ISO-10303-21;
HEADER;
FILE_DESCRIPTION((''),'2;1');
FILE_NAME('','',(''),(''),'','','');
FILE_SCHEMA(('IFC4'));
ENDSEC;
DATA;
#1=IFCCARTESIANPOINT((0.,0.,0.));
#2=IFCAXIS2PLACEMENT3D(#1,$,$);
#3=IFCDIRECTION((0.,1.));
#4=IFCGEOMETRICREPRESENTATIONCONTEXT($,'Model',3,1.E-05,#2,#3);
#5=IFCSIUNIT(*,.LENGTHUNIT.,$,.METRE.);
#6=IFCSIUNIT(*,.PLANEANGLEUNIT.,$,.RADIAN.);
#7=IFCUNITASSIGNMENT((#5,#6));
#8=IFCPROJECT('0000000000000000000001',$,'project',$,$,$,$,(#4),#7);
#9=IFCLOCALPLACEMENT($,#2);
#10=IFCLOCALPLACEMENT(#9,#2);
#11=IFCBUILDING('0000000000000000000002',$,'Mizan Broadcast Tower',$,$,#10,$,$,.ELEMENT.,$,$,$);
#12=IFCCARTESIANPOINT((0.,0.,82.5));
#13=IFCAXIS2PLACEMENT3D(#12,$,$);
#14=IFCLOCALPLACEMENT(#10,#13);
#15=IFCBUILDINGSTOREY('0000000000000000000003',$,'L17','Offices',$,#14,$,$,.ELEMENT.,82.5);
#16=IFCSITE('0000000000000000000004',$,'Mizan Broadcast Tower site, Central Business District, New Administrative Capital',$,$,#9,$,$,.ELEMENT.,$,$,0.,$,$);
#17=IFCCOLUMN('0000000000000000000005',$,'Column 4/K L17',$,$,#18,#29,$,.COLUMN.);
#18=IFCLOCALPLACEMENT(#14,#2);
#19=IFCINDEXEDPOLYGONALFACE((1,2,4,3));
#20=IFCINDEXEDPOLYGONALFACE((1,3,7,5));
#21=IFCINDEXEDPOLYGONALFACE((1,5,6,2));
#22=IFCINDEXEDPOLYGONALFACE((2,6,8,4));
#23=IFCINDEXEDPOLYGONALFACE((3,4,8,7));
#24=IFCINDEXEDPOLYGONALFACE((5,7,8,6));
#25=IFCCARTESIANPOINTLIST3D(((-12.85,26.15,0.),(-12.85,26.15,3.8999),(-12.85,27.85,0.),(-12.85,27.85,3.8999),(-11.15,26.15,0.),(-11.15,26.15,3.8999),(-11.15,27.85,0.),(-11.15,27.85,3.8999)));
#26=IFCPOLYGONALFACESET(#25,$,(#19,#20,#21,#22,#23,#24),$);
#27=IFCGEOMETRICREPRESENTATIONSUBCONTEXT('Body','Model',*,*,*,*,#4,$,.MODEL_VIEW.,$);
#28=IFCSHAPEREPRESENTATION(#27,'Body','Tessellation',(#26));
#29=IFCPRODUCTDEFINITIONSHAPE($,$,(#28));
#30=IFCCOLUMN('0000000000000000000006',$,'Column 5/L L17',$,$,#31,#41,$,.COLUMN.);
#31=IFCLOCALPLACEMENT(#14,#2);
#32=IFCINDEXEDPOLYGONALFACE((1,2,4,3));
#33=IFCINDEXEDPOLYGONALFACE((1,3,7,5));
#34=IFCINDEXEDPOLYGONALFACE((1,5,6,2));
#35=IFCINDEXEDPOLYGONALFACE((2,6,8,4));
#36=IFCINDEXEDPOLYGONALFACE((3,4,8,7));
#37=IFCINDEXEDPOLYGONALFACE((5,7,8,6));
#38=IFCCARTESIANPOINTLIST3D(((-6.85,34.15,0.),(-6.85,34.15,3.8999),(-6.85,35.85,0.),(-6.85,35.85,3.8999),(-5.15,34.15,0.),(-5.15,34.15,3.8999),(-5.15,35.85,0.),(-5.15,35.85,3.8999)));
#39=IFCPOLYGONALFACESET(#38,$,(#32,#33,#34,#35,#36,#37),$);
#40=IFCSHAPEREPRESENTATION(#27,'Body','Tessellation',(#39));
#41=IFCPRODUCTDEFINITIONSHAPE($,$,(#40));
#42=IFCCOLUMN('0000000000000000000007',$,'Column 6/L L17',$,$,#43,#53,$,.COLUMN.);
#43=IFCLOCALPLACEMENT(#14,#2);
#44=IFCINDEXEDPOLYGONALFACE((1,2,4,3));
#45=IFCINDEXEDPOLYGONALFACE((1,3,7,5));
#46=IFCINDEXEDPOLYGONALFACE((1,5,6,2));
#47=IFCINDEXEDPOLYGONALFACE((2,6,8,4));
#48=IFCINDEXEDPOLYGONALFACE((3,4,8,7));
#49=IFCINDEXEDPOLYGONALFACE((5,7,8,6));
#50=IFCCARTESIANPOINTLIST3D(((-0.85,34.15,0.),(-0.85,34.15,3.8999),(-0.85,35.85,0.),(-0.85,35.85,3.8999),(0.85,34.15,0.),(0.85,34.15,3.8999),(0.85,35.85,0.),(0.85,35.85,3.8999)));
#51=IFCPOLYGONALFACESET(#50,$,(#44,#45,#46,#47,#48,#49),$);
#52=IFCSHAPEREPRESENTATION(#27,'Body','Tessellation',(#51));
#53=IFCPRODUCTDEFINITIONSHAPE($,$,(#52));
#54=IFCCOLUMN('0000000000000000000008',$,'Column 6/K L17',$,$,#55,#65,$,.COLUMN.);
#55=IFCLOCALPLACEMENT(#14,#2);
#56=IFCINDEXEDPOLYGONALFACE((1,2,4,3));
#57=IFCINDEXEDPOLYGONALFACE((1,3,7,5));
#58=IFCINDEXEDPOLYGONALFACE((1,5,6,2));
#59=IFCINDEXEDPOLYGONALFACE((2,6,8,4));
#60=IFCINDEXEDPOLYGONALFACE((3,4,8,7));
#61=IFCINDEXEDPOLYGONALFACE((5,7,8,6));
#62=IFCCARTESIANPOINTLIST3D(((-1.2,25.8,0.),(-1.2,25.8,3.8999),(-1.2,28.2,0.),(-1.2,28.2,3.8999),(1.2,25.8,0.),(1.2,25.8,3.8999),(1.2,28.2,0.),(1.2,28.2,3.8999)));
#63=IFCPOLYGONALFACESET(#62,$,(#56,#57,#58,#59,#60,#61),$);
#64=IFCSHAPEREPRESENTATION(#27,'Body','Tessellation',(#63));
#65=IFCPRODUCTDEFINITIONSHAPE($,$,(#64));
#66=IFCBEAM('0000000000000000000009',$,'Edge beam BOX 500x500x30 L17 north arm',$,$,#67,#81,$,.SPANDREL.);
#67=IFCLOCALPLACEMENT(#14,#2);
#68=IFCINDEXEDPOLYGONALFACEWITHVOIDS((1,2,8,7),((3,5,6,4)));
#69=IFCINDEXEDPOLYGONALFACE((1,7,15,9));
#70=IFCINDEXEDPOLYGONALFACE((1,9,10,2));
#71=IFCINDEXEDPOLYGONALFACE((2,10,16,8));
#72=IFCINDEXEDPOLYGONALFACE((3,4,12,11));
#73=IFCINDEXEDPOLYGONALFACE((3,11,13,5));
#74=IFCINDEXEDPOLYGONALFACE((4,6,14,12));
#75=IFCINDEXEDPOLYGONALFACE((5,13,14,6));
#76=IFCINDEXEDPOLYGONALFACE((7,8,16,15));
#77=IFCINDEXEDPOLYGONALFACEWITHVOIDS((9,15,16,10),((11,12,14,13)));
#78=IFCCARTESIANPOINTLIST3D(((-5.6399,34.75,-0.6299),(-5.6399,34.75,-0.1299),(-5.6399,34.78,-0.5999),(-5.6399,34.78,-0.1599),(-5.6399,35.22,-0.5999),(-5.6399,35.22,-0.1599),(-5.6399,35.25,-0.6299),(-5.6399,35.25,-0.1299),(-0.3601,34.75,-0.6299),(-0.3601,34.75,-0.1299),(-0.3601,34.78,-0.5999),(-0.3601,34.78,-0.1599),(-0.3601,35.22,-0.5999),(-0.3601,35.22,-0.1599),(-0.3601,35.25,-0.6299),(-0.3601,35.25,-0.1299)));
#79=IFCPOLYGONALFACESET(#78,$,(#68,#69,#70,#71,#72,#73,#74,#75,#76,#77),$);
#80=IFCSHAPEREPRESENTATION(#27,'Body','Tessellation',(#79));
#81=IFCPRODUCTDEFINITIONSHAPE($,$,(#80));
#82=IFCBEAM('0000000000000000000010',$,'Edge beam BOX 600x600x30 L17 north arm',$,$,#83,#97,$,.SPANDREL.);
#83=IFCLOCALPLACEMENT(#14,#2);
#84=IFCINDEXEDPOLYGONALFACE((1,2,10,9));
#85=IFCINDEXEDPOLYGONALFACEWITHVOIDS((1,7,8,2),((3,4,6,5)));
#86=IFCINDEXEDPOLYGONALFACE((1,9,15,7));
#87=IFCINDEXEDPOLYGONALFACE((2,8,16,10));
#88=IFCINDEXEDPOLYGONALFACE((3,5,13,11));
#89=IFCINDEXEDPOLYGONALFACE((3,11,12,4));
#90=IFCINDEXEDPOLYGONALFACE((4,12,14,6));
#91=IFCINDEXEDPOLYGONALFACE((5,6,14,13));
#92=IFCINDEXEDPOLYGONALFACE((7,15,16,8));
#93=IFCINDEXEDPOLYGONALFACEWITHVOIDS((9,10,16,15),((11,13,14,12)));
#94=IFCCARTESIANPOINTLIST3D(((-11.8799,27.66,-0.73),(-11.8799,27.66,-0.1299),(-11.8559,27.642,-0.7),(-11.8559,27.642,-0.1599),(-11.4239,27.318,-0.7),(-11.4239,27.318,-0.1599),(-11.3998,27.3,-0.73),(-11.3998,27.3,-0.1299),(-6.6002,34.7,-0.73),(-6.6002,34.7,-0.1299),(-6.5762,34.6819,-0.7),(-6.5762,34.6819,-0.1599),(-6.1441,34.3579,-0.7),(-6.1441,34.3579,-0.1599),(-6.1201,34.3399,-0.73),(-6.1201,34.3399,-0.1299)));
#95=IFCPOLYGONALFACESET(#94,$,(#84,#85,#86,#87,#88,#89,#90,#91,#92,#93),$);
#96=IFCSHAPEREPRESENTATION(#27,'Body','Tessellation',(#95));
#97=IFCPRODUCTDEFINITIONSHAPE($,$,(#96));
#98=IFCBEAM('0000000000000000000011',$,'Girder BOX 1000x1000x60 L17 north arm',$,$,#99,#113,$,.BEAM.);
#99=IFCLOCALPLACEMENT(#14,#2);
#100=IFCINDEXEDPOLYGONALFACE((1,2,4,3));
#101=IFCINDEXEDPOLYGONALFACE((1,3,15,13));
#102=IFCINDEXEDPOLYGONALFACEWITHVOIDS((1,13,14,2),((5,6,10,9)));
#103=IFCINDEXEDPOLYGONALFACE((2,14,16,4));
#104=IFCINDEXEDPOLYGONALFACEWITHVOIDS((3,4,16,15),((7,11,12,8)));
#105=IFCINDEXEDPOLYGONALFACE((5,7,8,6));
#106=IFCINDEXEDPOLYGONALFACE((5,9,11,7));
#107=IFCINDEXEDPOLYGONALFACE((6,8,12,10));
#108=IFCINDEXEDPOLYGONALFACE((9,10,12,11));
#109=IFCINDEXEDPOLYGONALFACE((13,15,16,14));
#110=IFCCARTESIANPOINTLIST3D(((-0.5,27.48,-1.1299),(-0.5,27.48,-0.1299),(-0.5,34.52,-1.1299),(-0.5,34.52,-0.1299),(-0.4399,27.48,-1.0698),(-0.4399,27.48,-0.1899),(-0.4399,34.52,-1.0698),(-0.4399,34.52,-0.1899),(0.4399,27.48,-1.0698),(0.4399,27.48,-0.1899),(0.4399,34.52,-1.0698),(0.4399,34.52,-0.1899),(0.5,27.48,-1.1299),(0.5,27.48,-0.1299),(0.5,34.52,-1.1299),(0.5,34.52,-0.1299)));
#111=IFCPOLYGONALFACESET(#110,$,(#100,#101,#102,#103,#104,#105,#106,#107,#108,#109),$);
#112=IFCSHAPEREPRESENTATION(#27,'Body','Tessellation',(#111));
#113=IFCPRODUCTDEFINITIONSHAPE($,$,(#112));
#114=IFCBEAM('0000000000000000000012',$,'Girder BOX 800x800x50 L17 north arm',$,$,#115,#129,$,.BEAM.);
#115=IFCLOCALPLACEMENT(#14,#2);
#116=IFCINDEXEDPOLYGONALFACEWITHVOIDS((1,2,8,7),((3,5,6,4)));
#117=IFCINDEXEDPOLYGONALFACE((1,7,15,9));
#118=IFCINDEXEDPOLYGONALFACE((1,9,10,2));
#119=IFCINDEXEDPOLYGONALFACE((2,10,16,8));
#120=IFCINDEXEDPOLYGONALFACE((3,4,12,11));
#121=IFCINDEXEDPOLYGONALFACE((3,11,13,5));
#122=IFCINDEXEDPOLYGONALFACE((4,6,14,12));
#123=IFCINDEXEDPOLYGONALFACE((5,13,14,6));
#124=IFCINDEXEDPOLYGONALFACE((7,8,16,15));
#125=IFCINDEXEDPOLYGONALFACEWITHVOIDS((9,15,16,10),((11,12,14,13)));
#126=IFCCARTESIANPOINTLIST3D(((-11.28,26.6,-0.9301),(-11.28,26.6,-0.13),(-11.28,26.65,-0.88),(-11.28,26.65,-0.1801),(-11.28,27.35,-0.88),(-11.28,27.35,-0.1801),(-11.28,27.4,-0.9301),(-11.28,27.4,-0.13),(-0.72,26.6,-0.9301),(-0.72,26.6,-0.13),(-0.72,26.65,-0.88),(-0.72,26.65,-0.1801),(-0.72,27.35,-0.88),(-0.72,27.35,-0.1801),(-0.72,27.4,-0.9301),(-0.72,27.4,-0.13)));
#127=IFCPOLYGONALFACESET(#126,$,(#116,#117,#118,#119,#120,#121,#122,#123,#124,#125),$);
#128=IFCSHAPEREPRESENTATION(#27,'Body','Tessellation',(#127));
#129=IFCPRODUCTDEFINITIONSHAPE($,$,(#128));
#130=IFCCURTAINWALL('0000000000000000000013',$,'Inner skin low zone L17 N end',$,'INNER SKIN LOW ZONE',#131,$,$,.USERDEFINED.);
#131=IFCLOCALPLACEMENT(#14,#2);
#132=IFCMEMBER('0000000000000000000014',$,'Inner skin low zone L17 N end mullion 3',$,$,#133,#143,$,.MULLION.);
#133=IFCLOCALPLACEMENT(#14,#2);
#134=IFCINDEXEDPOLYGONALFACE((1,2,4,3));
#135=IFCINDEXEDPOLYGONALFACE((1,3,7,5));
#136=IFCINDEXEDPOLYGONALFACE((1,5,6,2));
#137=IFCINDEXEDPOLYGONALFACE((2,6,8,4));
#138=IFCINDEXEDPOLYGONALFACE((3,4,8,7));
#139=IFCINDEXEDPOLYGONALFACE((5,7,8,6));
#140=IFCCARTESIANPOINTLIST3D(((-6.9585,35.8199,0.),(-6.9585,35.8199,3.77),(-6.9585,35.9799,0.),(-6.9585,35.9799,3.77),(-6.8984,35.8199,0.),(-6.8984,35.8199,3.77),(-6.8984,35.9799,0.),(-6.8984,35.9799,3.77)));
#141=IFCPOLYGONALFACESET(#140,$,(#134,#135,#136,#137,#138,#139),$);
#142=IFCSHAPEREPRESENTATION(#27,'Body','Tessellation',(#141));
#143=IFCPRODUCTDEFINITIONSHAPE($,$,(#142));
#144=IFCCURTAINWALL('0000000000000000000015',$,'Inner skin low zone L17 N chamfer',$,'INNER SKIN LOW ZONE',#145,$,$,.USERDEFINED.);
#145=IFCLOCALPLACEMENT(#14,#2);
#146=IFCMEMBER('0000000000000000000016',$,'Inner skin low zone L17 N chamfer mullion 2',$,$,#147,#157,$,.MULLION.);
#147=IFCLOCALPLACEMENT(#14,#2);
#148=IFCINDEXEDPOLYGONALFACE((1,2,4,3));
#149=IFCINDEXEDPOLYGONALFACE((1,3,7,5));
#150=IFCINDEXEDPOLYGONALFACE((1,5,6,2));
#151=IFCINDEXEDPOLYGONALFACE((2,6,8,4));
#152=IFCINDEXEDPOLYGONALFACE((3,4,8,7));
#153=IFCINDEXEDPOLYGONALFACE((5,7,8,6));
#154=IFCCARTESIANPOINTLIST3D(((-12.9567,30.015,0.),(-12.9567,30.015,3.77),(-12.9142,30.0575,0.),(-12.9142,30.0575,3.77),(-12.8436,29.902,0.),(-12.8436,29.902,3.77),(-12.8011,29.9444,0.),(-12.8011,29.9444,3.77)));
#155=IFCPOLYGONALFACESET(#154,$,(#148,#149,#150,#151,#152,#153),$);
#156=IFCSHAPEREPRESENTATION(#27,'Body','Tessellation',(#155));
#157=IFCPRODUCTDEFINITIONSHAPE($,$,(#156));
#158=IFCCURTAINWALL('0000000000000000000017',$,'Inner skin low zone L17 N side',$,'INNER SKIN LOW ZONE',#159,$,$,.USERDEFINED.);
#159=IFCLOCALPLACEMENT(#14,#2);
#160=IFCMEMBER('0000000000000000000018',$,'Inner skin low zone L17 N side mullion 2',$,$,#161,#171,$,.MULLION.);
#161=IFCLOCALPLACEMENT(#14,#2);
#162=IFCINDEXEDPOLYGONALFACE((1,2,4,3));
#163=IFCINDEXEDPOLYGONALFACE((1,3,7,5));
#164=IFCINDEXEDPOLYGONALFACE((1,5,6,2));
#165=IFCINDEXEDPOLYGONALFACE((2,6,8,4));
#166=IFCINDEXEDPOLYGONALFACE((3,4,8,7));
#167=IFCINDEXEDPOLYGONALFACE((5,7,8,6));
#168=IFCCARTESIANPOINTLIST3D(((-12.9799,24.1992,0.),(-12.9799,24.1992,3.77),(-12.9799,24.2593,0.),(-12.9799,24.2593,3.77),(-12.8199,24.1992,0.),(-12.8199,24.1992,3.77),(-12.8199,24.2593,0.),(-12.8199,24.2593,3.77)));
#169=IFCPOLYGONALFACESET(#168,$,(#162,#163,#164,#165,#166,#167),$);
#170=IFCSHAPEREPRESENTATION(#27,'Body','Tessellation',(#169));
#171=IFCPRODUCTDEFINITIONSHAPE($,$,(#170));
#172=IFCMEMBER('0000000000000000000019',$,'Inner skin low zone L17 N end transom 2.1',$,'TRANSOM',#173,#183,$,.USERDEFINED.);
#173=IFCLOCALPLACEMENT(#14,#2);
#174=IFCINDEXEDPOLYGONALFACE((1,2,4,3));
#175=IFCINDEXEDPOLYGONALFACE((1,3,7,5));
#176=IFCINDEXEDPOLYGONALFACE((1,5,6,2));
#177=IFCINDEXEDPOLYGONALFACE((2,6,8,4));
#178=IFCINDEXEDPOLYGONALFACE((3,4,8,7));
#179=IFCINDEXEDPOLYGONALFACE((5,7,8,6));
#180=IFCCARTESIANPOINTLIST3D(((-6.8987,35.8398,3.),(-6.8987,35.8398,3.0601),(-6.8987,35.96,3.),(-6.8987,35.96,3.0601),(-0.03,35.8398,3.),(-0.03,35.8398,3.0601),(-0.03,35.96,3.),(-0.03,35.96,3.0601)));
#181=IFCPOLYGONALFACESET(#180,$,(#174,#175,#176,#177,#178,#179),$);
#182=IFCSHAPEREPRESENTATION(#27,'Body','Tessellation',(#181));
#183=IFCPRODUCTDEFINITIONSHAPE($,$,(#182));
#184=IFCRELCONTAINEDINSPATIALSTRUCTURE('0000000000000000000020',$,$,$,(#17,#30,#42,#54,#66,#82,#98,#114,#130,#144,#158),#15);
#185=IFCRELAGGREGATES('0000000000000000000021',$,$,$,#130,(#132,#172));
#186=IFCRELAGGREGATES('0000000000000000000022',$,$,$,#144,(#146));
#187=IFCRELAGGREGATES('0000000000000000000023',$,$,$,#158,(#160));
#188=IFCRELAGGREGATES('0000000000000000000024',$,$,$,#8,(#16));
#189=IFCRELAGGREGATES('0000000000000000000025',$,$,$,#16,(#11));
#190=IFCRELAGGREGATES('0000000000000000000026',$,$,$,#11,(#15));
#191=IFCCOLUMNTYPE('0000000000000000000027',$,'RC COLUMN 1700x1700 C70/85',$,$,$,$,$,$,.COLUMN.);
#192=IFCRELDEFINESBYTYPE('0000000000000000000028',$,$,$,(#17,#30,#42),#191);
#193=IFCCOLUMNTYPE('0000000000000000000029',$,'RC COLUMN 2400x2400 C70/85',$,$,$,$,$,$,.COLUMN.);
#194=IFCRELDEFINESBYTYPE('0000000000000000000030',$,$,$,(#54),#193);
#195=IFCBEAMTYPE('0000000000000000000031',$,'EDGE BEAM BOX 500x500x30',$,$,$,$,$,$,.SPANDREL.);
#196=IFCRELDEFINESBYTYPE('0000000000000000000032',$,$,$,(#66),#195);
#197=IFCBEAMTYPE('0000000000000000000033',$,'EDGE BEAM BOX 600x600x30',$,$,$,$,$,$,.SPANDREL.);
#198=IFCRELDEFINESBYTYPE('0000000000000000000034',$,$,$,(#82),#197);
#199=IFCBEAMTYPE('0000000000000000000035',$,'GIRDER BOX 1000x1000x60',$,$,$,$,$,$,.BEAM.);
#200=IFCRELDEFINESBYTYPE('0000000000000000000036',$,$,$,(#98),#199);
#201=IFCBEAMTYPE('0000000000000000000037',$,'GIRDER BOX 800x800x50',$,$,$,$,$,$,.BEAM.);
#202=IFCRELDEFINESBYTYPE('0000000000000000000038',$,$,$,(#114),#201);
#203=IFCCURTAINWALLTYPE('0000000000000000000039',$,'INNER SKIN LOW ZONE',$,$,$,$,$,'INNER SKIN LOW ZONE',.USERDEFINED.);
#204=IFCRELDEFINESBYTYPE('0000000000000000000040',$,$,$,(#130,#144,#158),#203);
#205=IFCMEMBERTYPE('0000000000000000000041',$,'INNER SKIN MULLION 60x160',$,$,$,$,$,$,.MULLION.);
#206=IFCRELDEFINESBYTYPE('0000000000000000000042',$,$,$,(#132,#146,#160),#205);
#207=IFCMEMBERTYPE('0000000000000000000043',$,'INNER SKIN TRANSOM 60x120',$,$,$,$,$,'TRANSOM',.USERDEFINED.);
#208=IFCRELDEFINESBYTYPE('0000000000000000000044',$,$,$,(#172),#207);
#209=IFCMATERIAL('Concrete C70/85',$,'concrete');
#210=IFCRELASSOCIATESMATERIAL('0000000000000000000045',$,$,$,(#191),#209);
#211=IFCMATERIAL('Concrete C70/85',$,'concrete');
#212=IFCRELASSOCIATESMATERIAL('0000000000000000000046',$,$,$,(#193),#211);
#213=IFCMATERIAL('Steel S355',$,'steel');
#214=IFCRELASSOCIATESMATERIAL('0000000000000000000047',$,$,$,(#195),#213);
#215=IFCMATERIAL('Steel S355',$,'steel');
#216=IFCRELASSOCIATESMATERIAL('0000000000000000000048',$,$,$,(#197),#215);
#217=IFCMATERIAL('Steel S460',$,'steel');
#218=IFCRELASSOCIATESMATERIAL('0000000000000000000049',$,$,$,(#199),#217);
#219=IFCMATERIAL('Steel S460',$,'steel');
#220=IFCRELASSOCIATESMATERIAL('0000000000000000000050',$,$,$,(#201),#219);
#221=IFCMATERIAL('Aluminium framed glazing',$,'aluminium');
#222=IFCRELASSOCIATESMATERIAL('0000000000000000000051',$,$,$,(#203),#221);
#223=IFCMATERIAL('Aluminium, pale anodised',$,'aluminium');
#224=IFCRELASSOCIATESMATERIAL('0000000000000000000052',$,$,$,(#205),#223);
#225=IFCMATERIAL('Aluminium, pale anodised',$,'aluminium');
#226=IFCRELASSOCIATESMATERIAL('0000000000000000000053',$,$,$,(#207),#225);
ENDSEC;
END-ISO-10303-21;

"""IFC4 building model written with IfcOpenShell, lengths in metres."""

from ifc_helpers import new_model, si_unit, direction, frame, origin, origin_2d, place, context, subcontext, project, spatial, rectangle, hollow_rectangle, extrude, material, material_profile, profile_set, type_object, element, aggregate, save


model = new_model("IFC4")

# Units and contexts
model_context = context("Model", 3, precision=1e-05, world=origin(), true_north=direction((0.0, 1.0)))
body_context = subcontext(model_context, "Body", "Model", "MODEL_VIEW")
ifc_project = project(units=[si_unit("LENGTHUNIT", "METRE"), si_unit("PLANEANGLEUNIT", "RADIAN")], contexts=[model_context])

# Site, building, storey
site_placement = place(None, origin())
site = spatial("IfcSite", under=ifc_project, at=site_placement, Name="Mizan Broadcast Tower site, Central Business District, New Administrative Capital", CompositionType="ELEMENT", RefElevation=0.0)
building_placement = place(site_placement, origin())
building = spatial("IfcBuilding", under=site, at=building_placement, Name="Mizan Broadcast Tower", CompositionType="ELEMENT")
storey_placement = place(building_placement, frame((0.0, 0.0, 82.5)))
storey = spatial("IfcBuildingStorey", under=building, at=storey_placement, Name="L17", Description="Offices", CompositionType="ELEMENT", Elevation=82.5)

# Columns
ifc_material_1 = material(Name="Concrete C70/85", Category="concrete")
ifc_material_profile_1 = material_profile(ifc_material_1, rectangle(XDim=1.7, YDim=1.7, at=origin_2d()), Name="RC 1700x1700")
ifc_profile_set_1 = profile_set([ifc_material_profile_1], Name="Concrete C70/85")
column_type_1 = type_object("IfcColumnType", Name="RC COLUMN 1700x1700 C70/85", PredefinedType="COLUMN", material=ifc_profile_set_1)
for number, where, z_axis, x_axis, name in (
    (1, (-12.0, 27.0, 0.0), (0.0, 0.0, 1.0), (1.0, 0.0, 0.0), "Column 4/K L17"),
    (2, (-6.0, 35.0, 0.0), (0.0, 0.0, 1.0), (1.0, 0.0, 0.0), "Column 5/L L17"),
    (3, (0.0, 35.0, 0.0), (0.0, 0.0, 1.0), (1.0, 0.0, 0.0), "Column 6/L L17"),
):
    element("IfcColumn", number, at=place(storey_placement, frame(where, z_axis=z_axis, x_axis=x_axis)), inside=storey, type_object=column_type_1, Name=name, PredefinedType="COLUMN", context=body_context, shape_type="SweptSolid", body=[
        extrude(rectangle(XDim=1.7, YDim=1.7, at=origin_2d()), origin(), (0.0, 0.0, 1.0), 3.8999),
    ])
ifc_material_2 = material(Name="Concrete C70/85", Category="concrete")
ifc_material_profile_2 = material_profile(ifc_material_2, rectangle(XDim=2.3999, YDim=2.3999, at=origin_2d()), Name="RC 2400x2400")
ifc_profile_set_2 = profile_set([ifc_material_profile_2], Name="Concrete C70/85")
column_type_2 = type_object("IfcColumnType", Name="RC COLUMN 2400x2400 C70/85", PredefinedType="COLUMN", material=ifc_profile_set_2)
column_placement = place(storey_placement, frame((0.0, 27.0, 0.0), z_axis=(0.0, 0.0, 1.0), x_axis=(1.0, 0.0, 0.0)))
element("IfcColumn", 4, at=column_placement, inside=storey, type_object=column_type_2, Name="Column 6/K L17", PredefinedType="COLUMN", context=body_context, shape_type="SweptSolid", body=[
    extrude(rectangle(XDim=2.3999, YDim=2.3999, at=origin_2d()), origin(), (0.0, 0.0, 1.0), 3.8999),
])

# Beams
ifc_material_3 = material(Name="Steel S355", Category="steel")
ifc_material_profile_3 = material_profile(ifc_material_3, hollow_rectangle(XDim=0.5, YDim=0.5, WallThickness=0.03, at=origin_2d()), Name="BOX 500x500x30")
ifc_profile_set_3 = profile_set([ifc_material_profile_3], Name="Steel S355")
beam_type_1 = type_object("IfcBeamType", Name="EDGE BEAM BOX 500x500x30", PredefinedType="SPANDREL", material=ifc_profile_set_3)
beam_1_placement = place(storey_placement, frame((-5.6399, 35.0, -0.3799), z_axis=(1.0, 0.0, 0.0), x_axis=(0.0, 1.0, 0.0)))
element("IfcBeam", 5, at=beam_1_placement, inside=storey, type_object=beam_type_1, Name="Edge beam BOX 500x500x30 L17 north arm", PredefinedType="SPANDREL", context=body_context, shape_type="SweptSolid", body=[
    extrude(hollow_rectangle(XDim=0.5, YDim=0.5, WallThickness=0.03, at=origin_2d()), origin(), (0.0, 0.0, 1.0), 5.2798),
])
ifc_material_4 = material(Name="Steel S355", Category="steel")
ifc_material_profile_4 = material_profile(ifc_material_4, hollow_rectangle(XDim=0.6001, YDim=0.6001, WallThickness=0.03, at=origin_2d()), Name="BOX 600x600x30")
ifc_profile_set_4 = profile_set([ifc_material_profile_4], Name="Steel S355")
beam_type_2 = type_object("IfcBeamType", Name="EDGE BEAM BOX 600x600x30", PredefinedType="SPANDREL", material=ifc_profile_set_4)
beam_2_placement = place(storey_placement, frame((-11.6399, 27.48, -0.4299), z_axis=(0.599982, 0.800013, 0.0), x_axis=(-0.800013, 0.599982, 0.0)))
element("IfcBeam", 6, at=beam_2_placement, inside=storey, type_object=beam_type_2, Name="Edge beam BOX 600x600x30 L17 north arm", PredefinedType="SPANDREL", context=body_context, shape_type="SweptSolid", body=[
    extrude(hollow_rectangle(XDim=0.6001, YDim=0.6001, WallThickness=0.03, at=origin_2d()), origin(), (0.0, 0.0, 1.0), 8.7998),
])
ifc_material_5 = material(Name="Steel S460", Category="steel")
ifc_material_profile_5 = material_profile(ifc_material_5, hollow_rectangle(XDim=1.0, YDim=1.0, WallThickness=0.0601, at=origin_2d()), Name="BOX 1000x1000x60")
ifc_profile_set_5 = profile_set([ifc_material_profile_5], Name="Steel S460")
beam_type_3 = type_object("IfcBeamType", Name="GIRDER BOX 1000x1000x60", PredefinedType="BEAM", material=ifc_profile_set_5)
beam_3_placement = place(storey_placement, frame((0.0, 27.48, -0.6299), z_axis=(0.0, 1.0, 0.0), x_axis=(-1.0, 0.0, 0.0)))
element("IfcBeam", 7, at=beam_3_placement, inside=storey, type_object=beam_type_3, Name="Girder BOX 1000x1000x60 L17 north arm", PredefinedType="BEAM", context=body_context, shape_type="SweptSolid", body=[
    extrude(hollow_rectangle(XDim=1.0, YDim=1.0, WallThickness=0.0601, at=origin_2d()), origin(), (0.0, 0.0, 1.0), 7.04),
])
ifc_material_6 = material(Name="Steel S460", Category="steel")
ifc_material_profile_6 = material_profile(ifc_material_6, hollow_rectangle(XDim=0.8, YDim=0.8, WallThickness=0.05, at=origin_2d()), Name="BOX 800x800x50")
ifc_profile_set_6 = profile_set([ifc_material_profile_6], Name="Steel S460")
beam_type_4 = type_object("IfcBeamType", Name="GIRDER BOX 800x800x50", PredefinedType="BEAM", material=ifc_profile_set_6)
beam_4_placement = place(storey_placement, frame((-11.28, 27.0, -0.53), z_axis=(1.0, 0.0, 0.0), x_axis=(0.0, 1.0, 0.0)))
element("IfcBeam", 8, at=beam_4_placement, inside=storey, type_object=beam_type_4, Name="Girder BOX 800x800x50 L17 north arm", PredefinedType="BEAM", context=body_context, shape_type="SweptSolid", body=[
    extrude(hollow_rectangle(XDim=0.8, YDim=0.8, WallThickness=0.05, at=origin_2d()), origin(), (0.0, 0.0, 1.0), 10.5601),
])

# Curtain walls, members
ifc_material_7 = material(Name="Aluminium framed glazing", Category="aluminium")
curtain_wall_type_1 = type_object("IfcCurtainWallType", Name="INNER SKIN LOW ZONE", ElementType="INNER SKIN LOW ZONE", PredefinedType="USERDEFINED", material=ifc_material_7)
curtain_wall_1_placement = place(storey_placement, origin())
curtain_wall_1 = element("IfcCurtainWall", 9, at=curtain_wall_1_placement, inside=storey, type_object=curtain_wall_type_1, Name="Inner skin low zone L17 N end", ObjectType="INNER SKIN LOW ZONE", PredefinedType="USERDEFINED")
ifc_material_8 = material(Name="Aluminium, pale anodised", Category="aluminium")
ifc_material_profile_7 = material_profile(ifc_material_8, rectangle(XDim=0.1599, YDim=0.0601, at=origin_2d()), Name="MULLION 160x60")
ifc_profile_set_7 = profile_set([ifc_material_profile_7], Name="Aluminium, pale anodised")
member_type_1 = type_object("IfcMemberType", Name="INNER SKIN MULLION 60x160", PredefinedType="MULLION", material=ifc_profile_set_7)
member_1_placement = place(storey_placement, frame((-6.9285, 35.8999, 0.0), z_axis=(0.0, 0.0, 1.0), x_axis=(0.0, -1.0, 0.0)))
member_1 = element("IfcMember", 10, at=member_1_placement, type_object=member_type_1, Name="Inner skin low zone L17 N end mullion 3", PredefinedType="MULLION", context=body_context, shape_type="SweptSolid", body=[
    extrude(rectangle(XDim=0.1599, YDim=0.0601, at=origin_2d()), origin(), (0.0, 0.0, 1.0), 3.77),
])
curtain_wall_2_placement = place(storey_placement, origin())
curtain_wall_2 = element("IfcCurtainWall", 11, at=curtain_wall_2_placement, inside=storey, type_object=curtain_wall_type_1, Name="Inner skin low zone L17 N chamfer", ObjectType="INNER SKIN LOW ZONE", PredefinedType="USERDEFINED")
member_2_placement = place(storey_placement, frame((-12.8789, 29.9797, 0.0), z_axis=(0.0, 0.0, 1.0), x_axis=(0.707107, -0.707107, 0.0)))
member_2 = element("IfcMember", 12, at=member_2_placement, type_object=member_type_1, Name="Inner skin low zone L17 N chamfer mullion 2", PredefinedType="MULLION", context=body_context, shape_type="SweptSolid", body=[
    extrude(rectangle(XDim=0.1599, YDim=0.0601, at=origin_2d()), origin(), (0.0, 0.0, 1.0), 3.77),
])
curtain_wall_3_placement = place(storey_placement, origin())
curtain_wall_3 = element("IfcCurtainWall", 13, at=curtain_wall_3_placement, inside=storey, type_object=curtain_wall_type_1, Name="Inner skin low zone L17 N side", ObjectType="INNER SKIN LOW ZONE", PredefinedType="USERDEFINED")
member_3_placement = place(storey_placement, frame((-12.8999, 24.2292, 0.0), z_axis=(0.0, 0.0, 1.0), x_axis=(1.0, 0.0, 0.0)))
member_3 = element("IfcMember", 14, at=member_3_placement, type_object=member_type_1, Name="Inner skin low zone L17 N side mullion 2", PredefinedType="MULLION", context=body_context, shape_type="SweptSolid", body=[
    extrude(rectangle(XDim=0.1599, YDim=0.0601, at=origin_2d()), origin(), (0.0, 0.0, 1.0), 3.77),
])

# Member
ifc_material_9 = material(Name="Aluminium, pale anodised", Category="aluminium")
ifc_material_profile_8 = material_profile(ifc_material_9, rectangle(XDim=0.1201, YDim=0.0601, at=origin_2d()), Name="TRANSOM 120x60")
ifc_profile_set_8 = profile_set([ifc_material_profile_8], Name="Aluminium, pale anodised")
member_type_2 = type_object("IfcMemberType", Name="INNER SKIN TRANSOM 60x120", ElementType="TRANSOM", PredefinedType="USERDEFINED", material=ifc_profile_set_8)
member_4_placement = place(storey_placement, frame((-0.03, 35.8999, 3.03), z_axis=(-1.0, 0.0, 0.0), x_axis=(0.0, -1.0, 0.0)))
member_4 = element("IfcMember", 15, at=member_4_placement, type_object=member_type_2, Name="Inner skin low zone L17 N end transom 2.1", ObjectType="TRANSOM", PredefinedType="USERDEFINED", context=body_context, shape_type="SweptSolid", body=[
    extrude(rectangle(XDim=0.1201, YDim=0.0601, at=origin_2d()), origin(), (0.0, 0.0, 1.0), 6.8687),
])

aggregate(curtain_wall_1, [member_1, member_4])
aggregate(curtain_wall_2, [member_2])
aggregate(curtain_wall_3, [member_3])

save(model, "model.ifc")
